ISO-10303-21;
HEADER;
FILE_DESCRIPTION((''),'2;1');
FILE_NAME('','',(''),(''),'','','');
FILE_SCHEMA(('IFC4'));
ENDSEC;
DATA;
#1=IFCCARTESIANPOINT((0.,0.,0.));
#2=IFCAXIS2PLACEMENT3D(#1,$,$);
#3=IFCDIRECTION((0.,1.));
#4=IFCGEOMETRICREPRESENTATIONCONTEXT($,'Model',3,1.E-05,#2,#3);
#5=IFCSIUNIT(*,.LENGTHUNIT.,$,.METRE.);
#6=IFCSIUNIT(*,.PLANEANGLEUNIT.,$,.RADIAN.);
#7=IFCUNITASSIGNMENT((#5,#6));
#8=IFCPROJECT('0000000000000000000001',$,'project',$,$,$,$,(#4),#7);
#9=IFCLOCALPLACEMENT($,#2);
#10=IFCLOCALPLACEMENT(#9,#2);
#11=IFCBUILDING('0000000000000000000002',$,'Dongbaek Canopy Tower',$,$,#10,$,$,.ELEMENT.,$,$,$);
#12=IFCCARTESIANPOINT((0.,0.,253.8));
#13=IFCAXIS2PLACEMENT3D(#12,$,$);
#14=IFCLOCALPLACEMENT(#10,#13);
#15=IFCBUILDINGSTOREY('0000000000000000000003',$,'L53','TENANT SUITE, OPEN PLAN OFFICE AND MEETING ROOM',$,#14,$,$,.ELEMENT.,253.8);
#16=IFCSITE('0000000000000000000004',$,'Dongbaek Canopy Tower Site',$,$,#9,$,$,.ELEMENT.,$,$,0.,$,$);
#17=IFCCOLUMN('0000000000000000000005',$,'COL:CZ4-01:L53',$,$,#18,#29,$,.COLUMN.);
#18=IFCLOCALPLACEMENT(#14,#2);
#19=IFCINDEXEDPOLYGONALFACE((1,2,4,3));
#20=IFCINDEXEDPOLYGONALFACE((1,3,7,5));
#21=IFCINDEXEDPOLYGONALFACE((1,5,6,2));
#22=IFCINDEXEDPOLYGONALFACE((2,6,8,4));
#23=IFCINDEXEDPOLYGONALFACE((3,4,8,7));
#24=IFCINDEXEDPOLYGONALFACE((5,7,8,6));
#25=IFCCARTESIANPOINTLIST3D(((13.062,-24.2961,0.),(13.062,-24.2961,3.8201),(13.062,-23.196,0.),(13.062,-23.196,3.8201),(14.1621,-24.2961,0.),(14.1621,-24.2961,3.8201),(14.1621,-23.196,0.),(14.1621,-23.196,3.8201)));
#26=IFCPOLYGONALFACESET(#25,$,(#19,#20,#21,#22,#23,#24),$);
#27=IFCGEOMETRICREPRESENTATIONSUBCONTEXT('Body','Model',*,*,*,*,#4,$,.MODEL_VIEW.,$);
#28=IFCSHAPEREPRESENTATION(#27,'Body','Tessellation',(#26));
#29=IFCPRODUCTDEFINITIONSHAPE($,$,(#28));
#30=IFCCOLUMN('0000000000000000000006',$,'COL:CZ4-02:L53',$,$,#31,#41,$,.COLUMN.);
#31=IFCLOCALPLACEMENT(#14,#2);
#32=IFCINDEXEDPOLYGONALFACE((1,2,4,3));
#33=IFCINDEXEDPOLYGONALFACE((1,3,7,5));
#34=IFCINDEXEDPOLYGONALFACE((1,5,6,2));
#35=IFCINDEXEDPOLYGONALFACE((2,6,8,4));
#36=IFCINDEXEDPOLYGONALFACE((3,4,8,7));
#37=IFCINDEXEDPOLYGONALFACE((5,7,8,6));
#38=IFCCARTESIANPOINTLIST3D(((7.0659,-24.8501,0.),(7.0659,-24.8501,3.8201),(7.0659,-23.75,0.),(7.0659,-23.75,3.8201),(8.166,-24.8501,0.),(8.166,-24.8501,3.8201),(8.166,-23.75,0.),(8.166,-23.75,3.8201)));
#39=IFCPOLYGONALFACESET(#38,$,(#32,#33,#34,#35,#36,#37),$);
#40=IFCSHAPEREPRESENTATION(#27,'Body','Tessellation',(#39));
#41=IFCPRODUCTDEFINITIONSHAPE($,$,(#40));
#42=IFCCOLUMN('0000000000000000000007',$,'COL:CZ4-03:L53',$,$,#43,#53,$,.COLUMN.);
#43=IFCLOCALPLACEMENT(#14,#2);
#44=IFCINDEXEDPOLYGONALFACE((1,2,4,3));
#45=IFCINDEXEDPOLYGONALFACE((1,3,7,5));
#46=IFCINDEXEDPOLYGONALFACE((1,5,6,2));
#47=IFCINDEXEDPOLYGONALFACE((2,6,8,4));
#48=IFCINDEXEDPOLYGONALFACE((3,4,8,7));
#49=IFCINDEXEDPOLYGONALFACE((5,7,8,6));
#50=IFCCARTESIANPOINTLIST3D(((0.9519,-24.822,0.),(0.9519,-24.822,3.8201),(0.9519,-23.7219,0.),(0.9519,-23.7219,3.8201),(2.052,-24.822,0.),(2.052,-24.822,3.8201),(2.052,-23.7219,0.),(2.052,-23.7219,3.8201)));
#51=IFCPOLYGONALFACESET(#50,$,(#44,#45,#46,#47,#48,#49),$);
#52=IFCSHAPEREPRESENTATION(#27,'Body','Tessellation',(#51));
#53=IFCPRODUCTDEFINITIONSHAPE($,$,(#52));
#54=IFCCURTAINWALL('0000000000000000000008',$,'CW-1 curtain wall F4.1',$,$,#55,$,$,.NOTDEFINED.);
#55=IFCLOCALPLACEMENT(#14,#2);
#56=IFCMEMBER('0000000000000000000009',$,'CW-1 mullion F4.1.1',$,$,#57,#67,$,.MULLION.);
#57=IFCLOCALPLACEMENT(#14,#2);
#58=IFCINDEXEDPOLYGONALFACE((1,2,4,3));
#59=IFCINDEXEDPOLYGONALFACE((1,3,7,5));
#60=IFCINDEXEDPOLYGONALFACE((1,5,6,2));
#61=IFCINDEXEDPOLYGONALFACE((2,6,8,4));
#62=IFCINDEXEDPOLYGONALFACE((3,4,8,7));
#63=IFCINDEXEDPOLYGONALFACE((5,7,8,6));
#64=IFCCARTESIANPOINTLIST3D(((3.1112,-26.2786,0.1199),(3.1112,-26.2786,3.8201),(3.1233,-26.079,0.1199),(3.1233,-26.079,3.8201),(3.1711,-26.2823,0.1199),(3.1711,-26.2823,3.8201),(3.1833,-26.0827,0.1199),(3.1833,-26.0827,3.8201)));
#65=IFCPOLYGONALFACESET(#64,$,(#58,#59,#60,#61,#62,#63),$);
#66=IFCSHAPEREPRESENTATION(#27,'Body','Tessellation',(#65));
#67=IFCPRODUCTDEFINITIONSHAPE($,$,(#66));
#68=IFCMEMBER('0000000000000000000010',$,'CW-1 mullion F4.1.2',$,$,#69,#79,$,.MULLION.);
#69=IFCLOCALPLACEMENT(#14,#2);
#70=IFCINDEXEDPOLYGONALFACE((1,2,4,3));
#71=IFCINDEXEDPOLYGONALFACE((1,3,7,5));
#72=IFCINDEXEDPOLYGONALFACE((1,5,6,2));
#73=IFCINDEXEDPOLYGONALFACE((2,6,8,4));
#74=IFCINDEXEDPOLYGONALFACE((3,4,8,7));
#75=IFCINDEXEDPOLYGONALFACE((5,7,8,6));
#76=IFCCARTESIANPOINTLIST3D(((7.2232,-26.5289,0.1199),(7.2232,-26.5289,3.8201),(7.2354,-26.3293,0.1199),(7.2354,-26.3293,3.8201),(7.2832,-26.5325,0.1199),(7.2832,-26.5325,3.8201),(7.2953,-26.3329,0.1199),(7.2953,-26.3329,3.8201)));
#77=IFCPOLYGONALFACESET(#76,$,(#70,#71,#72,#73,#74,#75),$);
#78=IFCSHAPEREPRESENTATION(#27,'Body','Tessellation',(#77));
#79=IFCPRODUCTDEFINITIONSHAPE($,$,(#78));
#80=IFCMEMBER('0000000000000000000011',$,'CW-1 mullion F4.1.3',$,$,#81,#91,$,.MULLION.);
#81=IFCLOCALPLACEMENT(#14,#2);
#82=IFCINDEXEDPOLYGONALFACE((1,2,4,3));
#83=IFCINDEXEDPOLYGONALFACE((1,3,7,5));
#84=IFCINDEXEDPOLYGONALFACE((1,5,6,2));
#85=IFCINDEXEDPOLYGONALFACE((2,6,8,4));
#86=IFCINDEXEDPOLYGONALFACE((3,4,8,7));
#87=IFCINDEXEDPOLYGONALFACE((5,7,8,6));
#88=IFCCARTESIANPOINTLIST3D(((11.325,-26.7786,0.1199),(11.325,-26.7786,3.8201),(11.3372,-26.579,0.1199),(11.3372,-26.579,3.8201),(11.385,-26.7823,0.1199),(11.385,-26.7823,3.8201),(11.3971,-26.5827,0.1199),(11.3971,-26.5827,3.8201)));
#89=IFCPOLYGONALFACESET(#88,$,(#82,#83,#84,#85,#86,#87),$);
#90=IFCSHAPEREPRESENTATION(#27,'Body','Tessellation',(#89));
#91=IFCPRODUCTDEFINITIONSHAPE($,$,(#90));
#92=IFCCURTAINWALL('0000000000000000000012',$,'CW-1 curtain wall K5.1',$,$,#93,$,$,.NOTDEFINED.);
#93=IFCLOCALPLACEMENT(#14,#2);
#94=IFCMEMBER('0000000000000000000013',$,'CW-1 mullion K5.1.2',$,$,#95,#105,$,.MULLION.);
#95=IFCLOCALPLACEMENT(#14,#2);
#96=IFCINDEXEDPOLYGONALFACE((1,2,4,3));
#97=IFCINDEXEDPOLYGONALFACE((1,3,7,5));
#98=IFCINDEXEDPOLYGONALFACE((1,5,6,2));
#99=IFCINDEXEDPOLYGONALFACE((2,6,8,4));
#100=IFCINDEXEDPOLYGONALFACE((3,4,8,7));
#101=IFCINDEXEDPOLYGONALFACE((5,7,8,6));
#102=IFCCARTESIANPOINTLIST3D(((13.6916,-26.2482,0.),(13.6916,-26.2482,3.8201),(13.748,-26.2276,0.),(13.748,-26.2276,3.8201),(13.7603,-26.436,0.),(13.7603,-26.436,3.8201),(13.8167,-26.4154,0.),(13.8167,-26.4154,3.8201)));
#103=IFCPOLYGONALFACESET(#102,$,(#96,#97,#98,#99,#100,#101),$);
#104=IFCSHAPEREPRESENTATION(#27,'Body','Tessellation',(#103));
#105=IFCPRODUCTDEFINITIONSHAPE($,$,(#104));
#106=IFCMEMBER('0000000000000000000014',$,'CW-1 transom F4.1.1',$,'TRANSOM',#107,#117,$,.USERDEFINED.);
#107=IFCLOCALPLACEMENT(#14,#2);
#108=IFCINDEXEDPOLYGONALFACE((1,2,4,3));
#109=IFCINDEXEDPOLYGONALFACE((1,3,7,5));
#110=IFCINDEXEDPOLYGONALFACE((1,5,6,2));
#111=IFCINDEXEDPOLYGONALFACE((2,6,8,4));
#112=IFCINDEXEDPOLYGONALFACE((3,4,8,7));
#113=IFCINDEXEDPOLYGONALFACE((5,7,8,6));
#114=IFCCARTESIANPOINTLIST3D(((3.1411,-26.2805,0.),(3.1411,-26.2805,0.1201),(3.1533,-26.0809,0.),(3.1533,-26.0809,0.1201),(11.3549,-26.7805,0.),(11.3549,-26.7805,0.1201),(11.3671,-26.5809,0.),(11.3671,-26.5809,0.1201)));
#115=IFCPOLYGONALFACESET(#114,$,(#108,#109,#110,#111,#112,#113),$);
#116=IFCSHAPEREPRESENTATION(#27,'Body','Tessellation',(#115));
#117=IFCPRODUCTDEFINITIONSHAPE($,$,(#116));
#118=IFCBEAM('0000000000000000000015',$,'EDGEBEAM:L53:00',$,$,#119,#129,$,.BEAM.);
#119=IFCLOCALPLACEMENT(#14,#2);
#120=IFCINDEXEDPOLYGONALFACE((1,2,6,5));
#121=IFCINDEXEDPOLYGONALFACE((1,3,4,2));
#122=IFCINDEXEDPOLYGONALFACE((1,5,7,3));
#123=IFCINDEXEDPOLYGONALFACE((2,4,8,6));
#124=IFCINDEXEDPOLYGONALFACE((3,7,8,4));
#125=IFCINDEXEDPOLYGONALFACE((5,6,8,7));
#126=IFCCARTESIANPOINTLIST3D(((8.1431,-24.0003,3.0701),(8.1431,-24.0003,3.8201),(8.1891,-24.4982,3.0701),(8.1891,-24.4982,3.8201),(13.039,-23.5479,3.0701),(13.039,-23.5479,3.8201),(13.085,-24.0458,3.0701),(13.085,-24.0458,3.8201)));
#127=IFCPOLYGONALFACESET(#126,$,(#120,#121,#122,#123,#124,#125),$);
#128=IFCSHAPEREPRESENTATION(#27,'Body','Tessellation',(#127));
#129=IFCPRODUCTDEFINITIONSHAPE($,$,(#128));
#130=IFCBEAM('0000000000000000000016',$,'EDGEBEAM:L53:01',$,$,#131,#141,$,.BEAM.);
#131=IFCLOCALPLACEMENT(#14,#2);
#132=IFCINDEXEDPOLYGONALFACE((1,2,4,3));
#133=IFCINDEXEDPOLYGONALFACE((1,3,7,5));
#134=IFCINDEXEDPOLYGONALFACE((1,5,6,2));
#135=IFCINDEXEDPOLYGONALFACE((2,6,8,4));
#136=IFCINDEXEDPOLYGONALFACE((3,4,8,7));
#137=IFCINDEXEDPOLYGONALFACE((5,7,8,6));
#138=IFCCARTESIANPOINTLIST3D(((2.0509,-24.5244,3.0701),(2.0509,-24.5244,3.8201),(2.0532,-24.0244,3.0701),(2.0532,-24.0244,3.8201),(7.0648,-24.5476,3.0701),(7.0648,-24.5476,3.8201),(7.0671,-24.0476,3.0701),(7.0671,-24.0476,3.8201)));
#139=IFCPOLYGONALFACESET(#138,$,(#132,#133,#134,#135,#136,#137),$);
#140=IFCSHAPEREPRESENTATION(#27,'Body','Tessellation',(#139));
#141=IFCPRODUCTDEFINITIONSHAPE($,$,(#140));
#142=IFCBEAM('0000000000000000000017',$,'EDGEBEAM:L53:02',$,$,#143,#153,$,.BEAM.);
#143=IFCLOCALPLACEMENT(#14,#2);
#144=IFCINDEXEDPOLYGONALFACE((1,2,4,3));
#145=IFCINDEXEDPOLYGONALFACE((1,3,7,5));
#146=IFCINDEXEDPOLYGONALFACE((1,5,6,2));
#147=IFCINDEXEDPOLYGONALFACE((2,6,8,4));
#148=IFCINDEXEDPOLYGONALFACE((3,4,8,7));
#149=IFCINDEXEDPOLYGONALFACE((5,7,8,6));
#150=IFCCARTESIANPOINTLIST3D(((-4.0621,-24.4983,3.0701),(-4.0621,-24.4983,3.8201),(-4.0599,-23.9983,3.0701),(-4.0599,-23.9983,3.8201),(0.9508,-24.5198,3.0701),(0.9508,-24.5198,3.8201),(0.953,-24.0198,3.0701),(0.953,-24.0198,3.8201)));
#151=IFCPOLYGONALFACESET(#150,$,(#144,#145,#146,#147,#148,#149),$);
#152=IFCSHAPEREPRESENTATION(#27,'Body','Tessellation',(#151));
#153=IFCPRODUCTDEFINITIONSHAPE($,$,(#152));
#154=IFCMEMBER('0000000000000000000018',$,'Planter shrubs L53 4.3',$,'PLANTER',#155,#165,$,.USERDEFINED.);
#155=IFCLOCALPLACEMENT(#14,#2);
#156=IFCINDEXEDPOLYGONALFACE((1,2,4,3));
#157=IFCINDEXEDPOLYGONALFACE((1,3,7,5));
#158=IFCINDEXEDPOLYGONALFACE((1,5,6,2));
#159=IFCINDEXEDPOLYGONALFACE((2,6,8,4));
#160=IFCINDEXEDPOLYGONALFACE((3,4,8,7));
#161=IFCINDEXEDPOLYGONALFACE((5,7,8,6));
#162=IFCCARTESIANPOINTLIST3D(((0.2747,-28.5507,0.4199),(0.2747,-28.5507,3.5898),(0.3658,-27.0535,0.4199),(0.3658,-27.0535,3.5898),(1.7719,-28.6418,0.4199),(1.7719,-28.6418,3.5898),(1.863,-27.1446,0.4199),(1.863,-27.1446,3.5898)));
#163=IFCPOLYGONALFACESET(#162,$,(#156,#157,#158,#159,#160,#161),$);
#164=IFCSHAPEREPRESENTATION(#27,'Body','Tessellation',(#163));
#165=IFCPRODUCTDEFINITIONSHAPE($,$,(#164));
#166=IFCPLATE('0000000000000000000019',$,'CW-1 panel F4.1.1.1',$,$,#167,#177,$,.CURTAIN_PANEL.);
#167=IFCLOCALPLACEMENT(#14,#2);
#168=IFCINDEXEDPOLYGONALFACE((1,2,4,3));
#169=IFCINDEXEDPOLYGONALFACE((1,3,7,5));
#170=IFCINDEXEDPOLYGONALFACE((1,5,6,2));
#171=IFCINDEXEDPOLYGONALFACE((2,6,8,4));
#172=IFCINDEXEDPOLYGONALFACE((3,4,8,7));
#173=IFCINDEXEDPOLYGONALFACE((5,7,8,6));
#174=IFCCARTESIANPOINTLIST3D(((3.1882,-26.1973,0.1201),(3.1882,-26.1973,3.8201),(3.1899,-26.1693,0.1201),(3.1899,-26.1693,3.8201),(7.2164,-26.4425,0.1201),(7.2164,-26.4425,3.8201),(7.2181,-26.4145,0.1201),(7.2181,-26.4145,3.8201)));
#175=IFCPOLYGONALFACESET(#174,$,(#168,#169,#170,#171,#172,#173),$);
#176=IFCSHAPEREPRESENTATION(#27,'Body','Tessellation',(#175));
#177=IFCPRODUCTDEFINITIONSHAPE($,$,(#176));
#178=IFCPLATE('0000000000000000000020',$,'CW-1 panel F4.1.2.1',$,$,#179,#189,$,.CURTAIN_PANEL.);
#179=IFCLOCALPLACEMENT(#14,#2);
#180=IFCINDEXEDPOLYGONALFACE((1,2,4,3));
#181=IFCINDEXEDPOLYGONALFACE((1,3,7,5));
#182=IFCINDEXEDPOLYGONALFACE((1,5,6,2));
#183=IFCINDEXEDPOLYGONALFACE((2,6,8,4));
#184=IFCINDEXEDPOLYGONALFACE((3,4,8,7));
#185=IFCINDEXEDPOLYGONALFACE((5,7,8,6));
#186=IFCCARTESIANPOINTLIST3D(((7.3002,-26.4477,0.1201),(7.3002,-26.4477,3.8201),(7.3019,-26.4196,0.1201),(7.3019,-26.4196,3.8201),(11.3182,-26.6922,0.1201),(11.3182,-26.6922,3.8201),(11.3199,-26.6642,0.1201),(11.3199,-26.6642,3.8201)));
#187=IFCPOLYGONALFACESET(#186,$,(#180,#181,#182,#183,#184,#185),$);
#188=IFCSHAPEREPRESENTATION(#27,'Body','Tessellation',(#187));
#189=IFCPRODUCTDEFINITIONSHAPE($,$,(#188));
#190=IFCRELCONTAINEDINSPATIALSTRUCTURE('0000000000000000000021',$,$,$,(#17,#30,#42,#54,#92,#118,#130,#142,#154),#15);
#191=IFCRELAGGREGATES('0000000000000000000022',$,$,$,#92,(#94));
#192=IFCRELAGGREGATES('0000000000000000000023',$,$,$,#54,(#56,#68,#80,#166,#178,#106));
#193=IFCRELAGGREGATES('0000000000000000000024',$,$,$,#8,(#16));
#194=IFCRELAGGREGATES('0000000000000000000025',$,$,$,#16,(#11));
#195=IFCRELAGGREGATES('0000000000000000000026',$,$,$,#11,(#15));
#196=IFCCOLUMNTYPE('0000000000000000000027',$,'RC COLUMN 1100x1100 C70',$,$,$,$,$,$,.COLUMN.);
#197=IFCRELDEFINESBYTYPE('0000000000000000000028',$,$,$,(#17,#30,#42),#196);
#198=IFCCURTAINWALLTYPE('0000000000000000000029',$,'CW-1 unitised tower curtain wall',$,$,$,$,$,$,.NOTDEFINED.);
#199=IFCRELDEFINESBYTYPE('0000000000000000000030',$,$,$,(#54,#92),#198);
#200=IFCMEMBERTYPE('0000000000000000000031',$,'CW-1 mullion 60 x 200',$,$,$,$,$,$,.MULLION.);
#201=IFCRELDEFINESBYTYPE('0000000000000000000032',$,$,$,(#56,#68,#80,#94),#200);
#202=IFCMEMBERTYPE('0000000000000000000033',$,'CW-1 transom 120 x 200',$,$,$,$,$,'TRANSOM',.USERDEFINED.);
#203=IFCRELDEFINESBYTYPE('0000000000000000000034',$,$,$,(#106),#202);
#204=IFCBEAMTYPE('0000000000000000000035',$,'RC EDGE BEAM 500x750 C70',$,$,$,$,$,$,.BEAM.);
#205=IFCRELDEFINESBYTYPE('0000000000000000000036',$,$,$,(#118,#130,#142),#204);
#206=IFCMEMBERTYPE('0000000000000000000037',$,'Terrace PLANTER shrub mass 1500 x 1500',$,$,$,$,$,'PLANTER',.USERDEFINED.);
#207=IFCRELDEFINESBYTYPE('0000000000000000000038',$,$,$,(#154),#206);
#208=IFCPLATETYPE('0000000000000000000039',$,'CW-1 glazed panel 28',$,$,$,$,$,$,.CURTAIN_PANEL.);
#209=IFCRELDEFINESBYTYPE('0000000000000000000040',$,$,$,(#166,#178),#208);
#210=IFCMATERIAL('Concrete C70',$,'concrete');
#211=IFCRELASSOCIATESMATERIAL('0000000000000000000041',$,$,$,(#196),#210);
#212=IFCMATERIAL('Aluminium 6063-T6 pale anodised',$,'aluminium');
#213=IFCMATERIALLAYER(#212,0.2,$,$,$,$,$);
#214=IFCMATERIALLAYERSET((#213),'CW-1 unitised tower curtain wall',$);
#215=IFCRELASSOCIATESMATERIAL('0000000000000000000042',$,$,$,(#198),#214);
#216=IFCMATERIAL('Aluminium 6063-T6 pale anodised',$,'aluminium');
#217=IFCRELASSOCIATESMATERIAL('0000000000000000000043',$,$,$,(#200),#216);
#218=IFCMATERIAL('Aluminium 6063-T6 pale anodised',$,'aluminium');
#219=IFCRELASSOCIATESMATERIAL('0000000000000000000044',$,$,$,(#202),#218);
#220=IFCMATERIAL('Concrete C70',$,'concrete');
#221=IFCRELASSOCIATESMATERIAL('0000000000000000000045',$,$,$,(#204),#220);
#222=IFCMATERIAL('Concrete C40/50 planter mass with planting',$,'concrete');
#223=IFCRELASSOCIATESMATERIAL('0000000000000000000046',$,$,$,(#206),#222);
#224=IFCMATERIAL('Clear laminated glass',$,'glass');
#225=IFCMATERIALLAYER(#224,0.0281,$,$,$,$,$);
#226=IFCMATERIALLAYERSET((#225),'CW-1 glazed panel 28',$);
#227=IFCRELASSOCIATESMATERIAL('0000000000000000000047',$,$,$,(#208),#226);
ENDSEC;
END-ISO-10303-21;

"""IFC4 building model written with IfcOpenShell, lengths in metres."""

from ifc_helpers import new_model, si_unit, direction, frame, origin, origin_2d, place, context, subcontext, project, spatial, rectangle, extrude, material, layer, layer_set, material_profile, profile_set, type_object, element, aggregate, save


model = new_model("IFC4")

# Units and contexts
model_context = context("Model", 3, precision=1e-05, world=origin(), true_north=direction((0.0, 1.0)))
body_context = subcontext(model_context, "Body", "Model", "MODEL_VIEW")
ifc_project = project(units=[si_unit("LENGTHUNIT", "METRE"), si_unit("PLANEANGLEUNIT", "RADIAN")], contexts=[model_context])

# Site, building, storey
site_placement = place(None, origin())
site = spatial("IfcSite", under=ifc_project, at=site_placement, Name="Dongbaek Canopy Tower Site", CompositionType="ELEMENT", RefElevation=0.0)
building_placement = place(site_placement, origin())
building = spatial("IfcBuilding", under=site, at=building_placement, Name="Dongbaek Canopy Tower", CompositionType="ELEMENT")
storey_placement = place(building_placement, frame((0.0, 0.0, 253.8)))
storey = spatial("IfcBuildingStorey", under=building, at=storey_placement, Name="L53", Description="TENANT SUITE, OPEN PLAN OFFICE AND MEETING ROOM", CompositionType="ELEMENT", Elevation=253.8)

# Columns
ifc_material_1 = material(Name="Concrete C70", Category="concrete")
ifc_material_profile_1 = material_profile(ifc_material_1, rectangle(XDim=1.1001, YDim=1.1001, at=origin_2d()), Name="RC COLUMN 1100x1100 C70")
ifc_profile_set_1 = profile_set([ifc_material_profile_1], Name="Concrete C70")
column_type = type_object("IfcColumnType", Name="RC COLUMN 1100x1100 C70", PredefinedType="COLUMN", material=ifc_profile_set_1)
for number, where, z_axis, x_axis, name in (
    (1, (13.6121, -23.7461, 0.0), (0.0, 0.0, 1.0), (1.0, 0.0, 0.0), "COL:CZ4-01:L53"),
    (2, (7.616, -24.3, 0.0), (0.0, 0.0, 1.0), (1.0, 0.0, 0.0), "COL:CZ4-02:L53"),
    (3, (1.502, -24.272, 0.0), (0.0, 0.0, 1.0), (1.0, 0.0, 0.0), "COL:CZ4-03:L53"),
):
    element("IfcColumn", number, at=place(storey_placement, frame(where, z_axis=z_axis, x_axis=x_axis)), inside=storey, type_object=column_type, Name=name, PredefinedType="COLUMN", context=body_context, shape_type="SweptSolid", body=[
        extrude(rectangle(XDim=1.1001, YDim=1.1001, at=origin_2d()), origin(), (0.0, 0.0, 1.0), 3.8201),
    ])

# Curtain wall, members
ifc_material_2 = material(Name="Aluminium 6063-T6 pale anodised", Category="aluminium")
ifc_layer_1 = layer(ifc_material_2, 0.2)
ifc_layer_set_1 = layer_set([ifc_layer_1], Name="CW-1 unitised tower curtain wall")
curtain_wall_type = type_object("IfcCurtainWallType", Name="CW-1 unitised tower curtain wall", PredefinedType="NOTDEFINED", material=ifc_layer_set_1)
curtain_wall_1_placement = place(storey_placement, origin())
curtain_wall_1 = element("IfcCurtainWall", 4, at=curtain_wall_1_placement, inside=storey, type_object=curtain_wall_type, Name="CW-1 curtain wall F4.1", PredefinedType="NOTDEFINED")
ifc_material_3 = material(Name="Aluminium 6063-T6 pale anodised", Category="aluminium")
ifc_material_profile_2 = material_profile(ifc_material_3, rectangle(XDim=0.2, YDim=0.0601, at=origin_2d()), Name="CW-1 mullion 60 x 200")
ifc_profile_set_2 = profile_set([ifc_material_profile_2], Name="Aluminium 6063-T6 pale anodised")
member_type_1 = type_object("IfcMemberType", Name="CW-1 mullion 60 x 200", PredefinedType="MULLION", material=ifc_profile_set_2)
member_1_placement = place(storey_placement, frame((3.1472, -26.1807, 0.1199), z_axis=(0.0, 0.0, 1.0), x_axis=(-0.060746, -0.998153, 0.0)))
member_1 = element("IfcMember", 5, at=member_1_placement, type_object=member_type_1, Name="CW-1 mullion F4.1.1", PredefinedType="MULLION", context=body_context, shape_type="SweptSolid", body=[
    extrude(rectangle(XDim=0.2, YDim=0.0601, at=origin_2d()), origin(), (0.0, 0.0, 1.0), 3.7002),
])
member_2_placement = place(storey_placement, frame((7.2593, -26.4309, 0.1199), z_axis=(0.0, 0.0, 1.0), x_axis=(-0.060746, -0.998153, 0.0)))
member_2 = element("IfcMember", 6, at=member_2_placement, type_object=member_type_1, Name="CW-1 mullion F4.1.2", PredefinedType="MULLION", context=body_context, shape_type="SweptSolid", body=[
    extrude(rectangle(XDim=0.2, YDim=0.0601, at=origin_2d()), origin(), (0.0, 0.0, 1.0), 3.7002),
])
member_3_placement = place(storey_placement, frame((11.3611, -26.6807, 0.1199), z_axis=(0.0, 0.0, 1.0), x_axis=(-0.060746, -0.998153, 0.0)))
member_3 = element("IfcMember", 7, at=member_3_placement, type_object=member_type_1, Name="CW-1 mullion F4.1.3", PredefinedType="MULLION", context=body_context, shape_type="SweptSolid", body=[
    extrude(rectangle(XDim=0.2, YDim=0.0601, at=origin_2d()), origin(), (0.0, 0.0, 1.0), 3.7002),
])

# Curtain wall, member
curtain_wall_2_placement = place(storey_placement, origin())
curtain_wall_2 = element("IfcCurtainWall", 8, at=curtain_wall_2_placement, inside=storey, type_object=curtain_wall_type, Name="CW-1 curtain wall K5.1", PredefinedType="NOTDEFINED")
member_4_placement = place(storey_placement, frame((13.7542, -26.3318, 0.0), z_axis=(0.0, 0.0, 1.0), x_axis=(0.343242, -0.939247, 0.0)))
member_4 = element("IfcMember", 9, at=member_4_placement, type_object=member_type_1, Name="CW-1 mullion K5.1.2", PredefinedType="MULLION", context=body_context, shape_type="SweptSolid", body=[
    extrude(rectangle(XDim=0.2, YDim=0.0601, at=origin_2d()), origin(), (0.0, 0.0, 1.0), 3.8201),
])

# Member
ifc_material_4 = material(Name="Aluminium 6063-T6 pale anodised", Category="aluminium")
ifc_material_profile_3 = material_profile(ifc_material_4, rectangle(XDim=0.2, YDim=0.1201, at=origin_2d()), Name="CW-1 transom 120 x 200")
ifc_profile_set_3 = profile_set([ifc_material_profile_3], Name="Aluminium 6063-T6 pale anodised")
member_type_2 = type_object("IfcMemberType", Name="CW-1 transom 120 x 200", ElementType="TRANSOM", PredefinedType="USERDEFINED", material=ifc_profile_set_3)
member_5_placement = place(storey_placement, frame((3.1472, -26.1807, 0.0601), z_axis=(0.998152, -0.06076, 0.0), x_axis=(0.06076, 0.998152, 0.0)))
member_5 = element("IfcMember", 10, at=member_5_placement, type_object=member_type_2, Name="CW-1 transom F4.1.1", ObjectType="TRANSOM", PredefinedType="USERDEFINED", context=body_context, shape_type="SweptSolid", body=[
    extrude(rectangle(XDim=0.2, YDim=0.1201, at=origin_2d()), origin(), (0.0, 0.0, 1.0), 8.229),
])

# Beams
ifc_material_5 = material(Name="Concrete C70", Category="concrete")
ifc_material_profile_4 = material_profile(ifc_material_5, rectangle(XDim=0.5, YDim=0.75, at=origin_2d()), Name="RC EDGE BEAM 500x750 C70")
ifc_profile_set_4 = profile_set([ifc_material_profile_4], Name="Concrete C70")
beam_type = type_object("IfcBeamType", Name="RC EDGE BEAM 500x750 C70", PredefinedType="BEAM", material=ifc_profile_set_4)
beam_1_placement = place(storey_placement, frame((13.062, -23.7969, 3.4451), z_axis=(-0.995758, -0.092009, 0.0), x_axis=(0.092009, -0.995758, 0.0)))
element("IfcBeam", 11, at=beam_1_placement, inside=storey, type_object=beam_type, Name="EDGEBEAM:L53:00", PredefinedType="BEAM", context=body_context, shape_type="SweptSolid", body=[
    extrude(rectangle(XDim=0.5, YDim=0.75, at=origin_2d()), origin(), (0.0, 0.0, 1.0), 4.9167),
])
beam_2_placement = place(storey_placement, frame((7.0659, -24.2976, 3.4451), z_axis=(-0.999989, 0.004626, 0.0), x_axis=(-0.004626, -0.999989, 0.0)))
element("IfcBeam", 12, at=beam_2_placement, inside=storey, type_object=beam_type, Name="EDGEBEAM:L53:01", PredefinedType="BEAM", context=body_context, shape_type="SweptSolid", body=[
    extrude(rectangle(XDim=0.5, YDim=0.75, at=origin_2d()), origin(), (0.0, 0.0, 1.0), 5.0139),
])
beam_3_placement = place(storey_placement, frame((0.9519, -24.2698, 3.4451), z_axis=(-0.999991, 0.004286, 0.0), x_axis=(-0.004286, -0.999991, 0.0)))
element("IfcBeam", 13, at=beam_3_placement, inside=storey, type_object=beam_type, Name="EDGEBEAM:L53:02", PredefinedType="BEAM", context=body_context, shape_type="SweptSolid", body=[
    extrude(rectangle(XDim=0.5, YDim=0.75, at=origin_2d()), origin(), (0.0, 0.0, 1.0), 5.0129),
])

# Member
ifc_material_6 = material(Name="Concrete C40/50 planter mass with planting", Category="concrete")
ifc_material_profile_5 = material_profile(ifc_material_6, rectangle(XDim=1.5, YDim=1.5, at=origin_2d()), Name="Terrace PLANTER shrub mass 1500 x 1500")
ifc_profile_set_5 = profile_set([ifc_material_profile_5], Name="Concrete C40/50 planter mass with planting")
member_type_3 = type_object("IfcMemberType", Name="Terrace PLANTER shrub mass 1500 x 1500", ElementType="PLANTER", PredefinedType="USERDEFINED", material=ifc_profile_set_5)
member_6_placement = place(storey_placement, frame((1.0688, -27.8477, 0.4199), z_axis=(0.0, 0.0, 1.0), x_axis=(-0.060746, -0.998153, 0.0)))
element("IfcMember", 14, at=member_6_placement, inside=storey, type_object=member_type_3, Name="Planter shrubs L53 4.3", ObjectType="PLANTER", PredefinedType="USERDEFINED", context=body_context, shape_type="SweptSolid", body=[
    extrude(rectangle(XDim=1.5, YDim=1.5, at=origin_2d()), origin(), (0.0, 0.0, 1.0), 3.1699),
])

# Plates
ifc_material_7 = material(Name="Clear laminated glass", Category="glass")
ifc_layer_2 = layer(ifc_material_7, 0.0281)
ifc_layer_set_2 = layer_set([ifc_layer_2], Name="CW-1 glazed panel 28")
plate_type = type_object("IfcPlateType", Name="CW-1 glazed panel 28", PredefinedType="CURTAIN_PANEL", material=ifc_layer_set_2)
plate_1_placement = place(storey_placement, frame((5.2031, -26.3059, 0.1201), z_axis=(0.0, 0.0, 1.0), x_axis=(0.998153, -0.060746, 0.0)))
plate_1 = element("IfcPlate", 15, at=plate_1_placement, type_object=plate_type, Name="CW-1 panel F4.1.1.1", PredefinedType="CURTAIN_PANEL", context=body_context, shape_type="SweptSolid", body=[
    extrude(rectangle(XDim=4.0356, YDim=0.0281, at=origin_2d()), origin(), (0.0, 0.0, 1.0), 3.7),
])
plate_2_placement = place(storey_placement, frame((9.3101, -26.5559, 0.1201), z_axis=(0.0, 0.0, 1.0), x_axis=(0.998153, -0.060746, 0.0)))
plate_2 = element("IfcPlate", 16, at=plate_2_placement, type_object=plate_type, Name="CW-1 panel F4.1.2.1", PredefinedType="CURTAIN_PANEL", context=body_context, shape_type="SweptSolid", body=[
    extrude(rectangle(XDim=4.0254, YDim=0.0281, at=origin_2d()), origin(), (0.0, 0.0, 1.0), 3.7),
])
aggregate(curtain_wall_2, [member_4])

aggregate(curtain_wall_1, [member_1, member_2, member_3, plate_1, plate_2, member_5])

save(model, "model.ifc")
